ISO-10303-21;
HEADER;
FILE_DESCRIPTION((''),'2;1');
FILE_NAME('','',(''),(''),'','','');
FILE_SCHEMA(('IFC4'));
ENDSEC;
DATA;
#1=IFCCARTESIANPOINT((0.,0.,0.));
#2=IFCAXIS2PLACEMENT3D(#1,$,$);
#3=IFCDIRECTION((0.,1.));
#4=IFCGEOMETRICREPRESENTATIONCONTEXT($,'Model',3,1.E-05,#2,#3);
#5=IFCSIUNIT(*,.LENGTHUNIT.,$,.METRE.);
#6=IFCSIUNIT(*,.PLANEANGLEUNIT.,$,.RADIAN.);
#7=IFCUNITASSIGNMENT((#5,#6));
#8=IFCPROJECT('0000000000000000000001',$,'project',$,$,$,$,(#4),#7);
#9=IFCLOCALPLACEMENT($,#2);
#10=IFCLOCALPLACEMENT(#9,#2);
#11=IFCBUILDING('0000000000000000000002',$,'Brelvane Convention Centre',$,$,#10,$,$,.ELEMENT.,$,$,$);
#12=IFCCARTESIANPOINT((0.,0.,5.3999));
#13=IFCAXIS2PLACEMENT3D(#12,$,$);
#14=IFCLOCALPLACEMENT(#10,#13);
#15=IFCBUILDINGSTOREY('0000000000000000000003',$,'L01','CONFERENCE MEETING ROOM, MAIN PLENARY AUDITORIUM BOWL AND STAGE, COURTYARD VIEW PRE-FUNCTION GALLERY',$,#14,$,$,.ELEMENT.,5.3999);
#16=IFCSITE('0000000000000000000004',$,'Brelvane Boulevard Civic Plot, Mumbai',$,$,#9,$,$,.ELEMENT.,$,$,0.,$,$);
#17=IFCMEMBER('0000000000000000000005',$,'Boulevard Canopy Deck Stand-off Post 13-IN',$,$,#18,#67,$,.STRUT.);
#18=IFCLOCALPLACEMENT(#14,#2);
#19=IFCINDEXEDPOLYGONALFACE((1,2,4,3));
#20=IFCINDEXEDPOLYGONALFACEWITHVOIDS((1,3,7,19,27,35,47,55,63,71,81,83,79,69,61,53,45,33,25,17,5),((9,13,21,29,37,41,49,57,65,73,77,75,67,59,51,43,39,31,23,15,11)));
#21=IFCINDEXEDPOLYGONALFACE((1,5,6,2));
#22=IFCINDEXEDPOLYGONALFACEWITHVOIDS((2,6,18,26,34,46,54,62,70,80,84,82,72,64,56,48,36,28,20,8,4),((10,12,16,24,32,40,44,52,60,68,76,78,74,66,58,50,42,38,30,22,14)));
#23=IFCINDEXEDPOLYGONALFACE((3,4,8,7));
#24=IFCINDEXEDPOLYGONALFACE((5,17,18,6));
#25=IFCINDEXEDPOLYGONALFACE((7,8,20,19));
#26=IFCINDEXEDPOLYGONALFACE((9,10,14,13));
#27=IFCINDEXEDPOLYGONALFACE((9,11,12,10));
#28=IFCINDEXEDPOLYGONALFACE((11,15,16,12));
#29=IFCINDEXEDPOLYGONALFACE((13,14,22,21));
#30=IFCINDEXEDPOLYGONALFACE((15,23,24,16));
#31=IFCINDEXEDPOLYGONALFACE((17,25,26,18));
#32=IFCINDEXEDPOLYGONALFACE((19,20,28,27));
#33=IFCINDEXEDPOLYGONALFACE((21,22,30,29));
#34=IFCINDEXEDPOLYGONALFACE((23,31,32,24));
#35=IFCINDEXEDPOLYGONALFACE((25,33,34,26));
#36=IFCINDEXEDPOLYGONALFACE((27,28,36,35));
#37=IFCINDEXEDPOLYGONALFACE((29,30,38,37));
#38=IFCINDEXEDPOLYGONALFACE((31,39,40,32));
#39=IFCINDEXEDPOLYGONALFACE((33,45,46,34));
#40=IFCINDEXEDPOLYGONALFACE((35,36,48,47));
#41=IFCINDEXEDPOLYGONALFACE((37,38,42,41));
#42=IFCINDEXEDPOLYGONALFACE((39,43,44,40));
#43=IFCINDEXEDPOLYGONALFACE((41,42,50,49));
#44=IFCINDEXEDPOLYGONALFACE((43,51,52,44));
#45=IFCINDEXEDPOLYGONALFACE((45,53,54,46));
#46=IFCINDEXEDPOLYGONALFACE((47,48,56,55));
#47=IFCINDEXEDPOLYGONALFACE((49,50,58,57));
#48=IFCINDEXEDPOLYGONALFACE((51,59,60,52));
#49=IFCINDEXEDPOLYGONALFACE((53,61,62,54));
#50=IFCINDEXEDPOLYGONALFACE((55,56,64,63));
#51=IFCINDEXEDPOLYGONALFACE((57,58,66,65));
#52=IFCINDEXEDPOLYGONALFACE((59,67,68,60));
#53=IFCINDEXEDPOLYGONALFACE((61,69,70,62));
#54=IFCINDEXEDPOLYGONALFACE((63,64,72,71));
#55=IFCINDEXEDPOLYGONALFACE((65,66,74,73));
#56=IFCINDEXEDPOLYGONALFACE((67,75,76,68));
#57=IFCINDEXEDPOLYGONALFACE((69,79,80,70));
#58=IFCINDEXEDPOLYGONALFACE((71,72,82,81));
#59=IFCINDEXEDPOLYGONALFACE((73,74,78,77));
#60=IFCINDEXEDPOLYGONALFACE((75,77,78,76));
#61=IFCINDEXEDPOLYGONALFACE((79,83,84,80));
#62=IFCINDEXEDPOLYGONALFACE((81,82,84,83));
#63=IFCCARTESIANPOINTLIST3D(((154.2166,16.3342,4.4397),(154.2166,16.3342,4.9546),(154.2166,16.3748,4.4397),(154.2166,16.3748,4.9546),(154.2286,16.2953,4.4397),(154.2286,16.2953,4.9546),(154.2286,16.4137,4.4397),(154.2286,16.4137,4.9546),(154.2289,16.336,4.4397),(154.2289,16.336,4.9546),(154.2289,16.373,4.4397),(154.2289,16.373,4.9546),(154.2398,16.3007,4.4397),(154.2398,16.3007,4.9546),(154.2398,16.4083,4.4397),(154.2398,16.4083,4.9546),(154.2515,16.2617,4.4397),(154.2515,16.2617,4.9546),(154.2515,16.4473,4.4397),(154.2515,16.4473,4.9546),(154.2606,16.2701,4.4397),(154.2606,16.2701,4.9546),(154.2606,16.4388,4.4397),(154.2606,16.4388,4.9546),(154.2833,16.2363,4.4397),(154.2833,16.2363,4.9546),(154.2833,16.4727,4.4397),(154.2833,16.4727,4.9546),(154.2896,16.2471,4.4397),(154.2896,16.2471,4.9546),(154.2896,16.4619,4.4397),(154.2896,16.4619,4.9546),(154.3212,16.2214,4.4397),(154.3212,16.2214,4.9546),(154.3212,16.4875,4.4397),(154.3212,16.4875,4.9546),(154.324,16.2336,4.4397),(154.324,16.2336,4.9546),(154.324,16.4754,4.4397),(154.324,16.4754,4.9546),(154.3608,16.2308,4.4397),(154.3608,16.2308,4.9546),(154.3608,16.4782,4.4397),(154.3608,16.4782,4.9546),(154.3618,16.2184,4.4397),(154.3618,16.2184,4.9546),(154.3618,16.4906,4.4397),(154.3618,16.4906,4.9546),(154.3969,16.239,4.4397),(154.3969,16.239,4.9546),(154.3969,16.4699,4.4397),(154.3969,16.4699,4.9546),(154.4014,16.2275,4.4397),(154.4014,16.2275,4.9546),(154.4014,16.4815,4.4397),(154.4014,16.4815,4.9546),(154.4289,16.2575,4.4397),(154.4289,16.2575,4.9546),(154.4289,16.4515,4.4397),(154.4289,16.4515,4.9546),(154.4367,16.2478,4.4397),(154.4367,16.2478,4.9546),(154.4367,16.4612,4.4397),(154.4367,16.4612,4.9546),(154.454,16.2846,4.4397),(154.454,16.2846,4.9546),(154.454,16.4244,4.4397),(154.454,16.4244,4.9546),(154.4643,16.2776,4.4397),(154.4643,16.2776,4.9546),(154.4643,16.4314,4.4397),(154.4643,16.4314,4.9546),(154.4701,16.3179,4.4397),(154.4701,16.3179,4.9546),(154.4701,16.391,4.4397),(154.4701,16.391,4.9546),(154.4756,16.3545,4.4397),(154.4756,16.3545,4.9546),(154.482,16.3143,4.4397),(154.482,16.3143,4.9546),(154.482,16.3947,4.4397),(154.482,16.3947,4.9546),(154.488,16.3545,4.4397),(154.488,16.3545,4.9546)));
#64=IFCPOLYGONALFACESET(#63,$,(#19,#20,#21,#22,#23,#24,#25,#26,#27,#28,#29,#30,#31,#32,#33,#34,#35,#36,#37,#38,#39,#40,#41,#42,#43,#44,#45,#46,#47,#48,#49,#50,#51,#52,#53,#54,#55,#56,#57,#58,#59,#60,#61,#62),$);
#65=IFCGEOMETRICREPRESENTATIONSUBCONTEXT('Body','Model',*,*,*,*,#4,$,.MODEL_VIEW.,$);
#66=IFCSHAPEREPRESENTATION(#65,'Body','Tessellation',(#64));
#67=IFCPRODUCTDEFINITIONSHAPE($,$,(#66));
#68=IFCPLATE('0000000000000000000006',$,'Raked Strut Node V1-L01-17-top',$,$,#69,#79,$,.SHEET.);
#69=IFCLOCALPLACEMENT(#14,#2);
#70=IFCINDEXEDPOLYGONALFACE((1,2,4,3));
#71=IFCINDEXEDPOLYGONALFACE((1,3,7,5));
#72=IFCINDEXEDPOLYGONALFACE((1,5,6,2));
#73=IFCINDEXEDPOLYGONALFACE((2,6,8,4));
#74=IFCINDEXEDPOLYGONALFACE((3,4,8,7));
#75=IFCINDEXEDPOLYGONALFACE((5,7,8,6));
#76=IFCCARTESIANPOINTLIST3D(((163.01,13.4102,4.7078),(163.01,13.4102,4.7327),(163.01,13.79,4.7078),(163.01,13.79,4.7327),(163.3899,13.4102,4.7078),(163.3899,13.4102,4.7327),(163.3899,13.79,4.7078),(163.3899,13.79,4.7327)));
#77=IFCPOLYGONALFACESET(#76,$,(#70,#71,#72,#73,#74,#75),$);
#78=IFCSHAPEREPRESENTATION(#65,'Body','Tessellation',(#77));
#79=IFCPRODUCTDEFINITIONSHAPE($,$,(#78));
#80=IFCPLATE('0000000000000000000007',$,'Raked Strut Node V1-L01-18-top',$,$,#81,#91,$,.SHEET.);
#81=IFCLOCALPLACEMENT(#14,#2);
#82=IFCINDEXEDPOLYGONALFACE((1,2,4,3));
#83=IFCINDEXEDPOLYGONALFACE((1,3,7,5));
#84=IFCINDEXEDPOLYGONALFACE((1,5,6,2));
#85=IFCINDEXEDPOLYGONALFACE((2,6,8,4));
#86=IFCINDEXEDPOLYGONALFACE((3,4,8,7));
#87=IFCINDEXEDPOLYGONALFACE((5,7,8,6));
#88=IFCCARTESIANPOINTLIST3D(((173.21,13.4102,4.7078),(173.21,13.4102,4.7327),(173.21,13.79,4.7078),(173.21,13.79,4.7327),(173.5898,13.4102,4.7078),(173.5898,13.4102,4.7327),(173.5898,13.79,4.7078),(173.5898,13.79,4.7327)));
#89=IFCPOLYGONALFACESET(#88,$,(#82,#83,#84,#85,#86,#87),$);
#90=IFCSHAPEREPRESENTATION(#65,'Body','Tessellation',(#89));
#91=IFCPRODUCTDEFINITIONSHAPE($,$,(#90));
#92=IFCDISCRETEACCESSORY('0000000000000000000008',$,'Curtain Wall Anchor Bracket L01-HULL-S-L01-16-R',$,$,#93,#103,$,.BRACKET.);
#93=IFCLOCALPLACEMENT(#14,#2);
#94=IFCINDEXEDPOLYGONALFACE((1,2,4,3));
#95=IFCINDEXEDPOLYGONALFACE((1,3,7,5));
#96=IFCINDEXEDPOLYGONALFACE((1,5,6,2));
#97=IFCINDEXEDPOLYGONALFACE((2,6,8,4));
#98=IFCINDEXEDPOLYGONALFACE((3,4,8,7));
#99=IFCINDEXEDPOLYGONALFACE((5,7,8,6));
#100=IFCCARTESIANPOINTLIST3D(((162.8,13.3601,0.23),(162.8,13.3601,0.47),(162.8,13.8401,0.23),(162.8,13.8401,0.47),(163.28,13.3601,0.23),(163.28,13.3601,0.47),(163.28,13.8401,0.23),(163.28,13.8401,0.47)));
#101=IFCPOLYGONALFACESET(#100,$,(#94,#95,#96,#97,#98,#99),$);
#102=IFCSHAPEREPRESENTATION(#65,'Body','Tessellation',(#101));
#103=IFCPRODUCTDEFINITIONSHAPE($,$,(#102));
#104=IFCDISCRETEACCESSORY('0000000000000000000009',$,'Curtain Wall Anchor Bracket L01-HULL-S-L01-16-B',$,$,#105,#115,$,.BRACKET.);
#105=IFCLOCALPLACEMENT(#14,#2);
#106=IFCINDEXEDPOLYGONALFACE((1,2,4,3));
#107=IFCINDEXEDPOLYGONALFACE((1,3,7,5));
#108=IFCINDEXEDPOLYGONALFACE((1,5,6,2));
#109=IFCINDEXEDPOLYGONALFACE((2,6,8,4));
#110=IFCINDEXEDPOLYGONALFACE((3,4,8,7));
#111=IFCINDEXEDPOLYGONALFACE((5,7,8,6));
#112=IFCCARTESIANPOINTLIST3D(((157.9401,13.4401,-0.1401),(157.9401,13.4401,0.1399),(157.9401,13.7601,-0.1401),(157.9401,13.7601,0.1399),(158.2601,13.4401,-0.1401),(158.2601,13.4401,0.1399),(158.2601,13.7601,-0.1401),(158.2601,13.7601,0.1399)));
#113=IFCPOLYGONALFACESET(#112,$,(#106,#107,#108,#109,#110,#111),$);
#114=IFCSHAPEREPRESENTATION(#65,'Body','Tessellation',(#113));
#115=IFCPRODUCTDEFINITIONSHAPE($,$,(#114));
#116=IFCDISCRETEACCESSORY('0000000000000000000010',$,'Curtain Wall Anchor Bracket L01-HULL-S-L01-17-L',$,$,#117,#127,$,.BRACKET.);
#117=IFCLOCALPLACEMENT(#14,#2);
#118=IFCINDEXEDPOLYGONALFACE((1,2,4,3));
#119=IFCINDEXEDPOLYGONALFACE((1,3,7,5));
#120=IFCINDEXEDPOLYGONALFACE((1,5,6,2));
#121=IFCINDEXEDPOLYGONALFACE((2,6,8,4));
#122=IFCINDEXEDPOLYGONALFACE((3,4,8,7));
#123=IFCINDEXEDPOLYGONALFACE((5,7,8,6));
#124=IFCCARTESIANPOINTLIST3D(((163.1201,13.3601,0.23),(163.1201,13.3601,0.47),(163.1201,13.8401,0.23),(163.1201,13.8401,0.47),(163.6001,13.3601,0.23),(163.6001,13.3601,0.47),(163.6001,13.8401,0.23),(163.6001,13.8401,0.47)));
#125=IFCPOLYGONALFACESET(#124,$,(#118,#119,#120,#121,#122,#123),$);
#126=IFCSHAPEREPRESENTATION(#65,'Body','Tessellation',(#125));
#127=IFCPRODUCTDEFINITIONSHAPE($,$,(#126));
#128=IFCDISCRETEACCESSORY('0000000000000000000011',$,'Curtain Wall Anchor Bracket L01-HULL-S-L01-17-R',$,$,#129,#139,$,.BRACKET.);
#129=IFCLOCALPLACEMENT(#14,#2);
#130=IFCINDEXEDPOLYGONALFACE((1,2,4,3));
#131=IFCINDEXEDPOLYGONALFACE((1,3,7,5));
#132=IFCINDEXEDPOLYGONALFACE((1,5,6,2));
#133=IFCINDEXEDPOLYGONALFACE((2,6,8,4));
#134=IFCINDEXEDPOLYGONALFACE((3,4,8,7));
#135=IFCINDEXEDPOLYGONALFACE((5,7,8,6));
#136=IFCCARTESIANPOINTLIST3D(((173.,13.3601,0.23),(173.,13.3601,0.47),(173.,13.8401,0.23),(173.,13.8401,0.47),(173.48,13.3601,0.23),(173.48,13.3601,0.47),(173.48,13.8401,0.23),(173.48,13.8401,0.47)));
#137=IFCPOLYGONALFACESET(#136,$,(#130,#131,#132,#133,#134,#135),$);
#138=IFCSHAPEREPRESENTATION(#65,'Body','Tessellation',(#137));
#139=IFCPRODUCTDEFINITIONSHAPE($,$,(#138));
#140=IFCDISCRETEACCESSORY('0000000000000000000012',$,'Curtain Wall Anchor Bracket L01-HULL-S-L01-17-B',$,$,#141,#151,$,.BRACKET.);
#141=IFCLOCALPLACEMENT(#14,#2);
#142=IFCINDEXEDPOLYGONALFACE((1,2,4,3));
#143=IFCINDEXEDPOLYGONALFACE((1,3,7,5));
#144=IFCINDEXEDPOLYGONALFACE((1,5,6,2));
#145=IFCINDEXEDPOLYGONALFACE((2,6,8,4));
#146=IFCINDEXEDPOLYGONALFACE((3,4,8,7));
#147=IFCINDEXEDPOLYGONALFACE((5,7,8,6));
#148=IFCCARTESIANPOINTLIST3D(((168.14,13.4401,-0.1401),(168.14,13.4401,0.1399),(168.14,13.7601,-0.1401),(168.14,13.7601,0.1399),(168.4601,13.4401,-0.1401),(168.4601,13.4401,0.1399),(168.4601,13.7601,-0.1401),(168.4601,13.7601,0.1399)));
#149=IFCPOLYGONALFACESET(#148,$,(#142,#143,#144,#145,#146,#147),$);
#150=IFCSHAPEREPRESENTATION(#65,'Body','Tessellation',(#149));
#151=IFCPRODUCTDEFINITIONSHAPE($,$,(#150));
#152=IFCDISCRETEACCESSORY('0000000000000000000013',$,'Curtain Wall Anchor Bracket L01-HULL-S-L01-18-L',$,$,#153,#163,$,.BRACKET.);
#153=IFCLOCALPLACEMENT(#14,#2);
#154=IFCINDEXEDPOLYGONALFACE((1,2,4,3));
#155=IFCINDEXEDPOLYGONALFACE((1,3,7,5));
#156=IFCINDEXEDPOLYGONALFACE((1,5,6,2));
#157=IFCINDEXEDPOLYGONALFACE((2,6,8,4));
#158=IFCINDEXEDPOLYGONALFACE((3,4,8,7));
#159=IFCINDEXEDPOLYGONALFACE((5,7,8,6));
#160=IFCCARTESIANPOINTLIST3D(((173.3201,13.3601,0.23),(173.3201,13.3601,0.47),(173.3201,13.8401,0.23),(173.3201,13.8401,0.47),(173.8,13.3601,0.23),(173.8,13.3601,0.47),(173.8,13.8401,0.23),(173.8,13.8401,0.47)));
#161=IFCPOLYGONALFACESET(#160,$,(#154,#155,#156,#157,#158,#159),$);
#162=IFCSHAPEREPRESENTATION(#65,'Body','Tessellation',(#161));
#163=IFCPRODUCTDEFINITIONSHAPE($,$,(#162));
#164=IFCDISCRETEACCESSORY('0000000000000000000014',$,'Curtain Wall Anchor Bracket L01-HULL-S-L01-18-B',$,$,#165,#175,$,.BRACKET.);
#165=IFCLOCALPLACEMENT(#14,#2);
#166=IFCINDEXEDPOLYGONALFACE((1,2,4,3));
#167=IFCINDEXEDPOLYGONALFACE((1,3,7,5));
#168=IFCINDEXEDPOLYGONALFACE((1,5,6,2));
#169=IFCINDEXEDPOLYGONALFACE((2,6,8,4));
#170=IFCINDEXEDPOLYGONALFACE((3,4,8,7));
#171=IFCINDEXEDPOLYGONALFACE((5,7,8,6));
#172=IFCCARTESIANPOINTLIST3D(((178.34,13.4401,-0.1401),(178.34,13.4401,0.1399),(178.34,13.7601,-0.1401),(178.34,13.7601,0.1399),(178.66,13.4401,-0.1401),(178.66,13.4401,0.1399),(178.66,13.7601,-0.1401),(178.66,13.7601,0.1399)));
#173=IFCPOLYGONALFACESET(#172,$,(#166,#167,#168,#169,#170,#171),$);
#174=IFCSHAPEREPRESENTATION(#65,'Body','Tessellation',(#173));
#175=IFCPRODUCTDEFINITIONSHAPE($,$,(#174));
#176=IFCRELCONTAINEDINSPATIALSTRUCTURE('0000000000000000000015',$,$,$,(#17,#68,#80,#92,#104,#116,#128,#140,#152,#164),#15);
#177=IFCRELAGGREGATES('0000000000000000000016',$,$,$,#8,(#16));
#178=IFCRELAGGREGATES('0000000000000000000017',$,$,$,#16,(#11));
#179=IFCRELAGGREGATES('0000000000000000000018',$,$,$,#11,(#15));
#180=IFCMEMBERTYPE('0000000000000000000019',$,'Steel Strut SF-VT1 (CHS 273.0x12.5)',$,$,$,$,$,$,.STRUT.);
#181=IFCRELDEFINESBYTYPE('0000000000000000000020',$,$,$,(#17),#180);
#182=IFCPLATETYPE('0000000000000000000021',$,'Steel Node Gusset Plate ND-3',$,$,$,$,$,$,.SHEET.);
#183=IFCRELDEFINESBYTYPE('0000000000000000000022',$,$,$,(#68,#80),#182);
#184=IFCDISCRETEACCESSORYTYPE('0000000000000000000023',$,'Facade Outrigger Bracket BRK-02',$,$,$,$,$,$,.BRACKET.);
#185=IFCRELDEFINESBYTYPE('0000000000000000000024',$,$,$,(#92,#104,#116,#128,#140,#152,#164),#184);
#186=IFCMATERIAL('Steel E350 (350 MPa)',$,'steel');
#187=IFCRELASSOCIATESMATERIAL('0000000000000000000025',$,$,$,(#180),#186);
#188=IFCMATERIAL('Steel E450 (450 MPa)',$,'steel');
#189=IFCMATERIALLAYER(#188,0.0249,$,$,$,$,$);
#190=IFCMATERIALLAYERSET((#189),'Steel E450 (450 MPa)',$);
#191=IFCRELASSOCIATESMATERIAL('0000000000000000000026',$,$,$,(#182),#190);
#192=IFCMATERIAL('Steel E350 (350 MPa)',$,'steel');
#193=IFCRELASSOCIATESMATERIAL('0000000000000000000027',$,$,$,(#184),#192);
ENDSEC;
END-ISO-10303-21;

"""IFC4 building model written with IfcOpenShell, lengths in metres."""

from ifc_helpers import new_model, si_unit, direction, frame, origin, origin_2d, place, context, subcontext, project, spatial, rectangle, hollow_circle, extrude, material, layer, layer_set, material_profile, profile_set, type_object, element, save


model = new_model("IFC4")

# Units and contexts
model_context = context("Model", 3, precision=1e-05, world=origin(), true_north=direction((0.0, 1.0)))
body_context = subcontext(model_context, "Body", "Model", "MODEL_VIEW")
ifc_project = project(units=[si_unit("LENGTHUNIT", "METRE"), si_unit("PLANEANGLEUNIT", "RADIAN")], contexts=[model_context])

# Site, building, storey
site_placement = place(None, origin())
site = spatial("IfcSite", under=ifc_project, at=site_placement, Name="Brelvane Boulevard Civic Plot, Mumbai", CompositionType="ELEMENT", RefElevation=0.0)
building_placement = place(site_placement, origin())
building = spatial("IfcBuilding", under=site, at=building_placement, Name="Brelvane Convention Centre", CompositionType="ELEMENT")
storey_placement = place(building_placement, frame((0.0, 0.0, 5.3999)))
storey = spatial("IfcBuildingStorey", under=building, at=storey_placement, Name="L01", Description="CONFERENCE MEETING ROOM, MAIN PLENARY AUDITORIUM BOWL AND STAGE, COURTYARD VIEW PRE-FUNCTION GALLERY", CompositionType="ELEMENT", Elevation=5.3999)

# Member
ifc_material_1 = material(Name="Steel E350 (350 MPa)", Category="steel")
ifc_material_profile_1 = material_profile(ifc_material_1, hollow_circle(Radius=0.1365, WallThickness=0.0125, at=origin_2d()), Name="CHS 273.0x12.5")
ifc_profile_set_1 = profile_set([ifc_material_profile_1], Name="Steel E350 (350 MPa)")
member_type_1 = type_object("IfcMemberType", Name="Steel Strut SF-VT1 (CHS 273.0x12.5)", PredefinedType="STRUT", material=ifc_profile_set_1)
member_1_placement = place(storey_placement, frame((154.3516, 16.3545, 4.4397), z_axis=(0.0, 0.0, 1.0), x_axis=(1.0, 0.0, 0.0)))
element("IfcMember", 1, at=member_1_placement, inside=storey, type_object=member_type_1, Name="Boulevard Canopy Deck Stand-off Post 13-IN", PredefinedType="STRUT", context=body_context, shape_type="SweptSolid", body=[
    extrude(hollow_circle(Radius=0.1365, WallThickness=0.0125, at=origin_2d()), origin(), (0.0, 0.0, 1.0), 0.5149),
])

# Plates
ifc_material_2 = material(Name="Steel E450 (450 MPa)", Category="steel")
ifc_layer = layer(ifc_material_2, 0.0249)
ifc_layer_set = layer_set([ifc_layer], Name="Steel E450 (450 MPa)")
plate_type = type_object("IfcPlateType", Name="Steel Node Gusset Plate ND-3", PredefinedType="SHEET", material=ifc_layer_set)
for number, where, z_axis, x_axis, name in (
    (2, (163.2, 13.6001, 4.7078), (0.0, 0.0, 1.0), (1.0, 0.0, 0.0), "Raked Strut Node V1-L01-17-top"),
    (3, (173.3999, 13.6001, 4.7078), (0.0, 0.0, 1.0), (1.0, 0.0, 0.0), "Raked Strut Node V1-L01-18-top"),
):
    element("IfcPlate", number, at=place(storey_placement, frame(where, z_axis=z_axis, x_axis=x_axis)), inside=storey, type_object=plate_type, Name=name, PredefinedType="SHEET", context=body_context, shape_type="SweptSolid", body=[
        extrude(rectangle(XDim=0.3799, YDim=0.3799, at=origin_2d()), origin(), (0.0, 0.0, 1.0), 0.0249),
    ])

# Discrete accessories
ifc_material_3 = material(Name="Steel E350 (350 MPa)", Category="steel")
discrete_accessory_type = type_object("IfcDiscreteAccessoryType", Name="Facade Outrigger Bracket BRK-02", PredefinedType="BRACKET", material=ifc_material_3)
discrete_accessory_1_placement = place(storey_placement, frame((163.04, 13.6001, 0.23), z_axis=(0.0, 0.0, 1.0), x_axis=(1.0, 0.0, 0.0)))
element("IfcDiscreteAccessory", 4, at=discrete_accessory_1_placement, inside=storey, type_object=discrete_accessory_type, Name="Curtain Wall Anchor Bracket L01-HULL-S-L01-16-R", PredefinedType="BRACKET", context=body_context, shape_type="SweptSolid", body=[
    extrude(rectangle(XDim=0.48, YDim=0.48, at=origin_2d()), origin(), (0.0, 0.0, 1.0), 0.24),
])
discrete_accessory_2_placement = place(storey_placement, frame((158.1001, 13.6001, -0.1401), z_axis=(0.0, 0.0, 1.0), x_axis=(1.0, 0.0, 0.0)))
element("IfcDiscreteAccessory", 5, at=discrete_accessory_2_placement, inside=storey, type_object=discrete_accessory_type, Name="Curtain Wall Anchor Bracket L01-HULL-S-L01-16-B", PredefinedType="BRACKET", context=body_context, shape_type="SweptSolid", body=[
    extrude(rectangle(XDim=0.3201, YDim=0.3201, at=origin_2d()), origin(), (0.0, 0.0, 1.0), 0.28),
])
for number, where, z_axis, x_axis, name in (
    (6, (163.3601, 13.6001, 0.23), (0.0, 0.0, 1.0), (1.0, 0.0, 0.0), "Curtain Wall Anchor Bracket L01-HULL-S-L01-17-L"),
    (7, (173.24, 13.6001, 0.23), (0.0, 0.0, 1.0), (1.0, 0.0, 0.0), "Curtain Wall Anchor Bracket L01-HULL-S-L01-17-R"),
):
    element("IfcDiscreteAccessory", number, at=place(storey_placement, frame(where, z_axis=z_axis, x_axis=x_axis)), inside=storey, type_object=discrete_accessory_type, Name=name, PredefinedType="BRACKET", context=body_context, shape_type="SweptSolid", body=[
        extrude(rectangle(XDim=0.48, YDim=0.48, at=origin_2d()), origin(), (0.0, 0.0, 1.0), 0.24),
    ])
discrete_accessory_3_placement = place(storey_placement, frame((168.3, 13.6001, -0.1401), z_axis=(0.0, 0.0, 1.0), x_axis=(1.0, 0.0, 0.0)))
element("IfcDiscreteAccessory", 8, at=discrete_accessory_3_placement, inside=storey, type_object=discrete_accessory_type, Name="Curtain Wall Anchor Bracket L01-HULL-S-L01-17-B", PredefinedType="BRACKET", context=body_context, shape_type="SweptSolid", body=[
    extrude(rectangle(XDim=0.3201, YDim=0.3201, at=origin_2d()), origin(), (0.0, 0.0, 1.0), 0.28),
])
discrete_accessory_4_placement = place(storey_placement, frame((173.5601, 13.6001, 0.23), z_axis=(0.0, 0.0, 1.0), x_axis=(1.0, 0.0, 0.0)))
element("IfcDiscreteAccessory", 9, at=discrete_accessory_4_placement, inside=storey, type_object=discrete_accessory_type, Name="Curtain Wall Anchor Bracket L01-HULL-S-L01-18-L", PredefinedType="BRACKET", context=body_context, shape_type="SweptSolid", body=[
    extrude(rectangle(XDim=0.48, YDim=0.48, at=origin_2d()), origin(), (0.0, 0.0, 1.0), 0.24),
])
discrete_accessory_5_placement = place(storey_placement, frame((178.5, 13.6001, -0.1401), z_axis=(0.0, 0.0, 1.0), x_axis=(1.0, 0.0, 0.0)))
element("IfcDiscreteAccessory", 10, at=discrete_accessory_5_placement, inside=storey, type_object=discrete_accessory_type, Name="Curtain Wall Anchor Bracket L01-HULL-S-L01-18-B", PredefinedType="BRACKET", context=body_context, shape_type="SweptSolid", body=[
    extrude(rectangle(XDim=0.3201, YDim=0.3201, at=origin_2d()), origin(), (0.0, 0.0, 1.0), 0.28),
])

save(model, "model.ifc")
